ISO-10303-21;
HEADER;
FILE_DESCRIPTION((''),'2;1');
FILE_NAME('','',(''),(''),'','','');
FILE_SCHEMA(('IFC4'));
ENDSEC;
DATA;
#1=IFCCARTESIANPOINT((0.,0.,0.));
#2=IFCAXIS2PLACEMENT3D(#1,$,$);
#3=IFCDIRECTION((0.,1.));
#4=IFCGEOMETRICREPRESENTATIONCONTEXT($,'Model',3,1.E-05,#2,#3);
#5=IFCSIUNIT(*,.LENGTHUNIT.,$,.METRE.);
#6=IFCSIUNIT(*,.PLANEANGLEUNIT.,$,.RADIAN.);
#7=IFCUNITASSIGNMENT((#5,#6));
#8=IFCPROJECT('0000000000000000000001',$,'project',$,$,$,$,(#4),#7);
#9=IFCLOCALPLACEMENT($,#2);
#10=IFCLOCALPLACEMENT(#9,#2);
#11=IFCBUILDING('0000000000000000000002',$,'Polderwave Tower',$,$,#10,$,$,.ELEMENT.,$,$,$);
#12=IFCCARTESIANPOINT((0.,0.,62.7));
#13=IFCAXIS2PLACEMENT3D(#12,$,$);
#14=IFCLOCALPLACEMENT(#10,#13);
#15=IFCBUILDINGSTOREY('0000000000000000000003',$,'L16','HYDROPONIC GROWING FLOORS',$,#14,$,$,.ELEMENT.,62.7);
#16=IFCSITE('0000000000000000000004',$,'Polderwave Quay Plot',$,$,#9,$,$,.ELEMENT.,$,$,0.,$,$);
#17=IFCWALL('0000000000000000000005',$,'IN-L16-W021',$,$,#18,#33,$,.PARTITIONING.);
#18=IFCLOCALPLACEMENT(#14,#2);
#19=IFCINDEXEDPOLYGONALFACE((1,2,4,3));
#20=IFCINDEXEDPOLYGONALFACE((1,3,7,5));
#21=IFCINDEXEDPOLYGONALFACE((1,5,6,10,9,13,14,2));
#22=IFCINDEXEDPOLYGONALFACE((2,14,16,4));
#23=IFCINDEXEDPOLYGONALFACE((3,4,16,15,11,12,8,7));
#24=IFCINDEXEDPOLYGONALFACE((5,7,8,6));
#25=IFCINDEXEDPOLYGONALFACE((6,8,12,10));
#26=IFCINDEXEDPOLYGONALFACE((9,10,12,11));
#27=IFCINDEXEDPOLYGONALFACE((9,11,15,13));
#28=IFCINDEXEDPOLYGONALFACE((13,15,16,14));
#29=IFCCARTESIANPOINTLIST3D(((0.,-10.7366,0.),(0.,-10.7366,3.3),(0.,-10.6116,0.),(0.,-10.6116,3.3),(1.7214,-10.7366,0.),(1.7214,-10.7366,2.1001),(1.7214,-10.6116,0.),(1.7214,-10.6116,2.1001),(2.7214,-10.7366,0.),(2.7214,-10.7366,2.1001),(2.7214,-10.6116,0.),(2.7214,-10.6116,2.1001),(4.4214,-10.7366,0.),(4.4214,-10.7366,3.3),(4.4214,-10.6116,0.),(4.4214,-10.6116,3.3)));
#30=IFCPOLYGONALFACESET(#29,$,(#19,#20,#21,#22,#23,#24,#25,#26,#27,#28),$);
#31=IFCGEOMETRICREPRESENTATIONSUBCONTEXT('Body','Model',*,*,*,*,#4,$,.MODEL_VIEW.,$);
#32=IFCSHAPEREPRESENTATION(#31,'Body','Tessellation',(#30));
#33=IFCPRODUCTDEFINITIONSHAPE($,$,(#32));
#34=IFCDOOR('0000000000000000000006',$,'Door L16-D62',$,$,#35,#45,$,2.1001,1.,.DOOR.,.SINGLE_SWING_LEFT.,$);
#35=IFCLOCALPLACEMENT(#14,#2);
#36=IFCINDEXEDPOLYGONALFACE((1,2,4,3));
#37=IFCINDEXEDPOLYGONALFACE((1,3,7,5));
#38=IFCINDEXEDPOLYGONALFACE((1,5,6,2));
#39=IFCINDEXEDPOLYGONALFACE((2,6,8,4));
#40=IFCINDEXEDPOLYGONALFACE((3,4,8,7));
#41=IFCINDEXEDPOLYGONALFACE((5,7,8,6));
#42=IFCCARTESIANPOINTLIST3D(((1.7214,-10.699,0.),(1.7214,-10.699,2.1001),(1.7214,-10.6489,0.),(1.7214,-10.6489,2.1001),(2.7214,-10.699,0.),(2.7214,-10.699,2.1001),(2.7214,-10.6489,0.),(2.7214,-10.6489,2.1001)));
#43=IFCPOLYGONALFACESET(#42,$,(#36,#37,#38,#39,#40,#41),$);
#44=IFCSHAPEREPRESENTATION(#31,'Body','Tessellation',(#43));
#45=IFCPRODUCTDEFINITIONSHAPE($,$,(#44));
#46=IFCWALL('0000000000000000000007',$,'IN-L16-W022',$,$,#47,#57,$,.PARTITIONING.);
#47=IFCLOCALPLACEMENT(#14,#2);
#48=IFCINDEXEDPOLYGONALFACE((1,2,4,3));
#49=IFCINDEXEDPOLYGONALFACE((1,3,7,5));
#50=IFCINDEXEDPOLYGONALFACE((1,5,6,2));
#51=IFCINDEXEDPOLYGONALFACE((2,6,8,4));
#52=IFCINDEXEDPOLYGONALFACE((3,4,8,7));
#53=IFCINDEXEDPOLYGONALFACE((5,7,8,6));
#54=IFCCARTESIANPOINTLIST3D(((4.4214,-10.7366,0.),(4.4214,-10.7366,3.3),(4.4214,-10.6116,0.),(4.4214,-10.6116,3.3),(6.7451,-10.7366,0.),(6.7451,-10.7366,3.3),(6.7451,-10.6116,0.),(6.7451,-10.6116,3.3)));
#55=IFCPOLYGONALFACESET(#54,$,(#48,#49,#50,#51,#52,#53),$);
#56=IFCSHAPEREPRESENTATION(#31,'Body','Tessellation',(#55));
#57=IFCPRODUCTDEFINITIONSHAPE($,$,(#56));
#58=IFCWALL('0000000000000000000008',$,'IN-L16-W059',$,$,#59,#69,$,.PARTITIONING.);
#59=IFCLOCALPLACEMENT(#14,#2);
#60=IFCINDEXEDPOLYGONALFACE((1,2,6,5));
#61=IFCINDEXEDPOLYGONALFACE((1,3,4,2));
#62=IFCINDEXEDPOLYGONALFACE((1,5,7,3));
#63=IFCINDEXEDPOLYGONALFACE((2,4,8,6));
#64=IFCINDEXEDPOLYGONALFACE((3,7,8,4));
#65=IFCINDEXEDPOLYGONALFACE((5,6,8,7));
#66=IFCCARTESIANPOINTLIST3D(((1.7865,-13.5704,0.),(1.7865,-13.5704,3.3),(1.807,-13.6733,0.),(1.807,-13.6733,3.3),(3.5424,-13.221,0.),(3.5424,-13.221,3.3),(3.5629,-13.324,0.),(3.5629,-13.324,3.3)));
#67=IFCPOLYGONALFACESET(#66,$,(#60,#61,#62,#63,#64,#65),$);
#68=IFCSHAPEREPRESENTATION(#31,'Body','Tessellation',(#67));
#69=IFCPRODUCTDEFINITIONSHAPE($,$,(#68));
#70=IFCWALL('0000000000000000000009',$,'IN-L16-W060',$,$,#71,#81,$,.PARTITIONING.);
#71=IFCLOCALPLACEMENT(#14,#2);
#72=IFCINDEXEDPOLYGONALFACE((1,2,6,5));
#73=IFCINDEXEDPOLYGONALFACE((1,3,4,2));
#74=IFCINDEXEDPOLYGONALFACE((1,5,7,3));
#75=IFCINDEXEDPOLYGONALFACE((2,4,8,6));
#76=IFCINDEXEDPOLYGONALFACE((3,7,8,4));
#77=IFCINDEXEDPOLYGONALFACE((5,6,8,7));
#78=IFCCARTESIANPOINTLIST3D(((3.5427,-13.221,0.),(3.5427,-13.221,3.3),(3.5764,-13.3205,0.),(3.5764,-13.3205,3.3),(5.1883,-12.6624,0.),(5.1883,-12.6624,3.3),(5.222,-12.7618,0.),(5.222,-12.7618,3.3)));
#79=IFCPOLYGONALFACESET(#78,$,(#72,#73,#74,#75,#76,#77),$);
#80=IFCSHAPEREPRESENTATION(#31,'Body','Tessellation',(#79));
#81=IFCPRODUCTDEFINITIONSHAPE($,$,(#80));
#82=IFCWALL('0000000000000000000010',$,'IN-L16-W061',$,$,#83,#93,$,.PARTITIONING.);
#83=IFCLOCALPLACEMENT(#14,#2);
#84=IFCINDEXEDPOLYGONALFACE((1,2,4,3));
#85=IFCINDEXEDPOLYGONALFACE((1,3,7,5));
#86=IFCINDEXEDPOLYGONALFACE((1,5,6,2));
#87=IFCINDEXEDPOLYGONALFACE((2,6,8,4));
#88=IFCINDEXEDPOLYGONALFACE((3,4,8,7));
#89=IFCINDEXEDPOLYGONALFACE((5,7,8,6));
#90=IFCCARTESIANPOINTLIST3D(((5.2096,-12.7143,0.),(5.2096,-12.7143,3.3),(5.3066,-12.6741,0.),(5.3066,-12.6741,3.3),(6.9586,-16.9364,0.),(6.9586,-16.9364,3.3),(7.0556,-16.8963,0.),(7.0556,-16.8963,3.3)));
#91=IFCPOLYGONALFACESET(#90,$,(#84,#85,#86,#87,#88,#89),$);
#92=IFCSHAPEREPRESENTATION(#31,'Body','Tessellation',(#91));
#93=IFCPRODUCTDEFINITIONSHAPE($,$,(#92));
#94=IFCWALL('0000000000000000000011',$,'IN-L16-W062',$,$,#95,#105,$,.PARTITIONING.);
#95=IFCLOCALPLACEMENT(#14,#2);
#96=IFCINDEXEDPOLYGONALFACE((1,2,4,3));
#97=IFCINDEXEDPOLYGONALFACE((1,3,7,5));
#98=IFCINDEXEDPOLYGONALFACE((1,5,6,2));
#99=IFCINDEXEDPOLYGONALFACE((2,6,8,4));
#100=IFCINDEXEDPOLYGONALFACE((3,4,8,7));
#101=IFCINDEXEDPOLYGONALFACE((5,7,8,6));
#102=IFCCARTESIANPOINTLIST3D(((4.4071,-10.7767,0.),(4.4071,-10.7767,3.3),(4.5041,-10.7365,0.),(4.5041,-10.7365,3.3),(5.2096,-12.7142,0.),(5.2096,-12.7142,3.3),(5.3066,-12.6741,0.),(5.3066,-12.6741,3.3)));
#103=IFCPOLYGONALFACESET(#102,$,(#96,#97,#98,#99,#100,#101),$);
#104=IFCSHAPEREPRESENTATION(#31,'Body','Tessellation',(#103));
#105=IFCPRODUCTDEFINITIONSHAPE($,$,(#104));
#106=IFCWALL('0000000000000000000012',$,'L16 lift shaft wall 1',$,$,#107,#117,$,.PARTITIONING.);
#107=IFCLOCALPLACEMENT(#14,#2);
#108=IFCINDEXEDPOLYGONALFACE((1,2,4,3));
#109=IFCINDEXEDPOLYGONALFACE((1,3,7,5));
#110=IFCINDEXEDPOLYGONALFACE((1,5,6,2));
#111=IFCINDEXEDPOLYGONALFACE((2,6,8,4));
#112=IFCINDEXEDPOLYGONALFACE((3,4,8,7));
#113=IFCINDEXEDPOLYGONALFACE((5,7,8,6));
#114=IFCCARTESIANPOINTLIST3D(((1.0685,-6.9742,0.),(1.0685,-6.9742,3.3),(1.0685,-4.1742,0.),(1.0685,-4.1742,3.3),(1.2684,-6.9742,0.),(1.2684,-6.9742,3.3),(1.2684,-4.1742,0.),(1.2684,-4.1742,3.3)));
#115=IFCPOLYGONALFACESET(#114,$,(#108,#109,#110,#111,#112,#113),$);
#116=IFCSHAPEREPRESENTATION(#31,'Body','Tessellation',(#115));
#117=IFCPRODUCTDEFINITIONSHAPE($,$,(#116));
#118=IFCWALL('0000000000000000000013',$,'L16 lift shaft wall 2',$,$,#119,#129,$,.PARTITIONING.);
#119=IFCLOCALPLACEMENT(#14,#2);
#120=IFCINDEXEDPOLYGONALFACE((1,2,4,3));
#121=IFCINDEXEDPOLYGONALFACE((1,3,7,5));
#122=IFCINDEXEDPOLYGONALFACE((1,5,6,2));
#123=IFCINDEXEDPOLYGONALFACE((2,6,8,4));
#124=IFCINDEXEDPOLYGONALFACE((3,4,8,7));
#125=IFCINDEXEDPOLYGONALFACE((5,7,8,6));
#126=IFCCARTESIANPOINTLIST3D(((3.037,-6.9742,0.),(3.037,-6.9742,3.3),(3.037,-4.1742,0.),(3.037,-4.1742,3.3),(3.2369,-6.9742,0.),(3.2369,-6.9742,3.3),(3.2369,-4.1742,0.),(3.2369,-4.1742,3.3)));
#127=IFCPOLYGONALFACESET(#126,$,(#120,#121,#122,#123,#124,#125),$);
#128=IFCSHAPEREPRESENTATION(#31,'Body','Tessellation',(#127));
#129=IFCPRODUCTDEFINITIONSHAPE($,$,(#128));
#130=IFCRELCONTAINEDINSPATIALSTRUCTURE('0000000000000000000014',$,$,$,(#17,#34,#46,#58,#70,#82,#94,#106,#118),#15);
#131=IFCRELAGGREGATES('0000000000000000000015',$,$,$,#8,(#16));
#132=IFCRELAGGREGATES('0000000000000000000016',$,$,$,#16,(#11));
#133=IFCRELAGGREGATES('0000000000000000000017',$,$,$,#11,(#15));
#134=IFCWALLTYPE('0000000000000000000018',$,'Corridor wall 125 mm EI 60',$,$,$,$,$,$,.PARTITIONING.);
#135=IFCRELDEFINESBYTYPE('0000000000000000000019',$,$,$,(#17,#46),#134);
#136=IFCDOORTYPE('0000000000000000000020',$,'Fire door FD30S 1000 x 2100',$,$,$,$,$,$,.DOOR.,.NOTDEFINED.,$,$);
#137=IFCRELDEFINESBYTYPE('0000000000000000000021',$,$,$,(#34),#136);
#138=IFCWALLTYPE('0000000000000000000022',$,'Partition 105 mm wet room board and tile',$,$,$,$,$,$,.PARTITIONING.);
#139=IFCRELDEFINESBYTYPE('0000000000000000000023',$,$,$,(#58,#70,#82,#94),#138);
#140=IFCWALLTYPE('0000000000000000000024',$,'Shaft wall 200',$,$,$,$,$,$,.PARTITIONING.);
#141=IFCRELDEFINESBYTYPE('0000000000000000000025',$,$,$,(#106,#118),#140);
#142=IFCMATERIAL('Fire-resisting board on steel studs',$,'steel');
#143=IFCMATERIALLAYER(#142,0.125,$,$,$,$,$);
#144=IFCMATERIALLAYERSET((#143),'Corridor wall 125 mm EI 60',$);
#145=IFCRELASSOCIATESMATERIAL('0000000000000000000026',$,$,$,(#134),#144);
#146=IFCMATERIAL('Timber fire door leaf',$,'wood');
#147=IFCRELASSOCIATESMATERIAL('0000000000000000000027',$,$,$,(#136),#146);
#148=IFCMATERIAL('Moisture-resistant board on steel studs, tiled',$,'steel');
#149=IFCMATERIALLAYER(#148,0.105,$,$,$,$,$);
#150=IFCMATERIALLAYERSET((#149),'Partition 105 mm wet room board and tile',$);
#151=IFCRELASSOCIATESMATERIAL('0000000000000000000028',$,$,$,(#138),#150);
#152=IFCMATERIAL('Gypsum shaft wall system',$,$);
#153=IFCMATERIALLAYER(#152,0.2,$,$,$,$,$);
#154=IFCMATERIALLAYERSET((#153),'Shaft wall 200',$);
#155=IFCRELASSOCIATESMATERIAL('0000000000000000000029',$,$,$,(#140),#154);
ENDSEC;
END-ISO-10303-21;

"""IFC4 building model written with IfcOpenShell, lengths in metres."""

from ifc_helpers import new_model, si_unit, direction, frame, frame_2d, origin, place, context, subcontext, project, spatial, rectangle, extrude, material, layer, layer_set, type_object, element, fill, save


model = new_model("IFC4")

# Units and contexts
model_context = context("Model", 3, precision=1e-05, world=origin(), true_north=direction((0.0, 1.0)))
body_context = subcontext(model_context, "Body", "Model", "MODEL_VIEW")
ifc_project = project(units=[si_unit("LENGTHUNIT", "METRE"), si_unit("PLANEANGLEUNIT", "RADIAN")], contexts=[model_context])

# Site, building, storey
site_placement = place(None, origin())
site = spatial("IfcSite", under=ifc_project, at=site_placement, Name="Polderwave Quay Plot", CompositionType="ELEMENT", RefElevation=0.0)
building_placement = place(site_placement, origin())
building = spatial("IfcBuilding", under=site, at=building_placement, Name="Polderwave Tower", CompositionType="ELEMENT")
storey_placement = place(building_placement, frame((0.0, 0.0, 62.7)))
storey = spatial("IfcBuildingStorey", under=building, at=storey_placement, Name="L16", Description="HYDROPONIC GROWING FLOORS", CompositionType="ELEMENT", Elevation=62.7)

# Wall, opening, door
ifc_material_1 = material(Name="Fire-resisting board on steel studs", Category="steel")
ifc_layer_1 = layer(ifc_material_1, 0.125)
ifc_layer_set_1 = layer_set([ifc_layer_1], Name="Corridor wall 125 mm EI 60")
wall_type_1 = type_object("IfcWallType", Name="Corridor wall 125 mm EI 60", PredefinedType="PARTITIONING", material=ifc_layer_set_1)
wall_1_placement = place(storey_placement, frame((4.4214, -10.6741, 0.0), z_axis=(0.0, 0.0, 1.0), x_axis=(-1.0, 0.0, 0.0)))
wall_1 = element("IfcWall", 1, at=wall_1_placement, inside=storey, type_object=wall_type_1, Name="IN-L16-W021", PredefinedType="PARTITIONING", context=body_context, shape_type="SweptSolid", body=[
    extrude(rectangle(XDim=4.4214, YDim=0.125, at=frame_2d((2.2107, 0.0))), origin(), (0.0, 0.0, 1.0), 3.3),
])
opening_placement = place(wall_1_placement, frame((1.7, 0.0, 0.0)))
opening = element("IfcOpeningElement", 2, at=opening_placement, cuts=wall_1, PredefinedType="OPENING", context=body_context, shape_type="SweptSolid", body=[
    extrude(rectangle(XDim=1.0, YDim=2.1001, at=frame_2d((0.5, 1.05))), frame((0.0, 0.0725, 0.0), z_axis=(0.0, -1.0, 0.0), x_axis=(1.0, 0.0, 0.0)), (0.0, 0.0, 1.0), 0.145),
])
ifc_material_2 = material(Name="Timber fire door leaf", Category="wood")
door_type = type_object("IfcDoorType", Name="Fire door FD30S 1000 x 2100", OperationType="NOTDEFINED", PredefinedType="DOOR", material=ifc_material_2)
door_placement = place(opening_placement, origin())
door = element("IfcDoor", 3, at=door_placement, inside=storey, type_object=door_type, Name="Door L16-D62", OperationType="SINGLE_SWING_LEFT", OverallHeight=2.1001, OverallWidth=1.0, PredefinedType="DOOR", context=body_context, shape_type="SweptSolid", body=[
    extrude(rectangle(XDim=1.0, YDim=2.1001, at=frame_2d((0.5, 1.05))), frame((0.0, 0.0249, 0.0), z_axis=(0.0, -1.0, 0.0), x_axis=(1.0, 0.0, 0.0)), (0.0, 0.0, 1.0), 0.05),
])
fill(opening, door)

# Walls
wall_2_placement = place(storey_placement, frame((6.7451, -10.6741, 0.0), z_axis=(0.0, 0.0, 1.0), x_axis=(-1.0, 0.0, 0.0)))
element("IfcWall", 4, at=wall_2_placement, inside=storey, type_object=wall_type_1, Name="IN-L16-W022", PredefinedType="PARTITIONING", context=body_context, shape_type="SweptSolid", body=[
    extrude(rectangle(XDim=2.3237, YDim=0.125, at=frame_2d((1.1619, 0.0))), origin(), (0.0, 0.0, 1.0), 3.3),
])
ifc_material_3 = material(Name="Moisture-resistant board on steel studs, tiled", Category="steel")
ifc_layer_2 = layer(ifc_material_3, 0.105)
ifc_layer_set_2 = layer_set([ifc_layer_2], Name="Partition 105 mm wet room board and tile")
wall_type_2 = type_object("IfcWallType", Name="Partition 105 mm wet room board and tile", PredefinedType="PARTITIONING", material=ifc_layer_set_2)
wall_3_placement = place(storey_placement, frame((1.7969, -13.6218, 0.0), z_axis=(0.0, 0.0, 1.0), x_axis=(0.980774, 0.195146, 0.0)))
element("IfcWall", 5, at=wall_3_placement, inside=storey, type_object=wall_type_2, Name="IN-L16-W059", PredefinedType="PARTITIONING", context=body_context, shape_type="SweptSolid", body=[
    extrude(rectangle(XDim=1.7903, YDim=0.105, at=frame_2d((0.895, 0.0))), origin(), (0.0, 0.0, 1.0), 3.3),
])
wall_4_placement = place(storey_placement, frame((3.5596, -13.2708, 0.0), z_axis=(0.0, 0.0, 1.0), x_axis=(0.946927, 0.321449, 0.0)))
element("IfcWall", 6, at=wall_4_placement, inside=storey, type_object=wall_type_2, Name="IN-L16-W060", PredefinedType="PARTITIONING", context=body_context, shape_type="SweptSolid", body=[
    extrude(rectangle(XDim=1.7378, YDim=0.105, at=frame_2d((0.8689, 0.0))), origin(), (0.0, 0.0, 1.0), 3.3),
])
wall_5_placement = place(storey_placement, frame((5.2581, -12.6941, 0.0), z_axis=(0.0, 0.0, 1.0), x_axis=(0.38271, -0.923868, 0.0)))
element("IfcWall", 7, at=wall_5_placement, inside=storey, type_object=wall_type_2, Name="IN-L16-W061", PredefinedType="PARTITIONING", context=body_context, shape_type="SweptSolid", body=[
    extrude(rectangle(XDim=4.5701, YDim=0.105, at=frame_2d((2.2852, 0.0))), origin(), (0.0, 0.0, 1.0), 3.3),
])
wall_6_placement = place(storey_placement, frame((4.4556, -10.7566, 0.0), z_axis=(0.0, 0.0, 1.0), x_axis=(0.382664, -0.923888, 0.0)))
element("IfcWall", 8, at=wall_6_placement, inside=storey, type_object=wall_type_2, Name="IN-L16-W062", PredefinedType="PARTITIONING", context=body_context, shape_type="SweptSolid", body=[
    extrude(rectangle(XDim=2.0972, YDim=0.105, at=frame_2d((1.0486, 0.0))), origin(), (0.0, 0.0, 1.0), 3.3),
])
ifc_material_4 = material(Name="Gypsum shaft wall system")
ifc_layer_3 = layer(ifc_material_4, 0.2)
ifc_layer_set_3 = layer_set([ifc_layer_3], Name="Shaft wall 200")
wall_type_3 = type_object("IfcWallType", Name="Shaft wall 200", PredefinedType="PARTITIONING", material=ifc_layer_set_3)
for number, where, z_axis, x_axis, name in (
    (9, (1.1685, -6.9741, 0.0), (0.0, 0.0, 1.0), (0.0, 1.0, 0.0), "L16 lift shaft wall 1"),
    (10, (3.137, -6.9741, 0.0), (0.0, 0.0, 1.0), (0.0, 1.0, 0.0), "L16 lift shaft wall 2"),
):
    element("IfcWall", number, at=place(storey_placement, frame(where, z_axis=z_axis, x_axis=x_axis)), inside=storey, type_object=wall_type_3, Name=name, PredefinedType="PARTITIONING", context=body_context, shape_type="SweptSolid", body=[
        extrude(rectangle(XDim=2.8, YDim=0.2, at=frame_2d((1.3999, 0.0))), origin(), (0.0, 0.0, 1.0), 3.3),
    ])

save(model, "model.ifc")
